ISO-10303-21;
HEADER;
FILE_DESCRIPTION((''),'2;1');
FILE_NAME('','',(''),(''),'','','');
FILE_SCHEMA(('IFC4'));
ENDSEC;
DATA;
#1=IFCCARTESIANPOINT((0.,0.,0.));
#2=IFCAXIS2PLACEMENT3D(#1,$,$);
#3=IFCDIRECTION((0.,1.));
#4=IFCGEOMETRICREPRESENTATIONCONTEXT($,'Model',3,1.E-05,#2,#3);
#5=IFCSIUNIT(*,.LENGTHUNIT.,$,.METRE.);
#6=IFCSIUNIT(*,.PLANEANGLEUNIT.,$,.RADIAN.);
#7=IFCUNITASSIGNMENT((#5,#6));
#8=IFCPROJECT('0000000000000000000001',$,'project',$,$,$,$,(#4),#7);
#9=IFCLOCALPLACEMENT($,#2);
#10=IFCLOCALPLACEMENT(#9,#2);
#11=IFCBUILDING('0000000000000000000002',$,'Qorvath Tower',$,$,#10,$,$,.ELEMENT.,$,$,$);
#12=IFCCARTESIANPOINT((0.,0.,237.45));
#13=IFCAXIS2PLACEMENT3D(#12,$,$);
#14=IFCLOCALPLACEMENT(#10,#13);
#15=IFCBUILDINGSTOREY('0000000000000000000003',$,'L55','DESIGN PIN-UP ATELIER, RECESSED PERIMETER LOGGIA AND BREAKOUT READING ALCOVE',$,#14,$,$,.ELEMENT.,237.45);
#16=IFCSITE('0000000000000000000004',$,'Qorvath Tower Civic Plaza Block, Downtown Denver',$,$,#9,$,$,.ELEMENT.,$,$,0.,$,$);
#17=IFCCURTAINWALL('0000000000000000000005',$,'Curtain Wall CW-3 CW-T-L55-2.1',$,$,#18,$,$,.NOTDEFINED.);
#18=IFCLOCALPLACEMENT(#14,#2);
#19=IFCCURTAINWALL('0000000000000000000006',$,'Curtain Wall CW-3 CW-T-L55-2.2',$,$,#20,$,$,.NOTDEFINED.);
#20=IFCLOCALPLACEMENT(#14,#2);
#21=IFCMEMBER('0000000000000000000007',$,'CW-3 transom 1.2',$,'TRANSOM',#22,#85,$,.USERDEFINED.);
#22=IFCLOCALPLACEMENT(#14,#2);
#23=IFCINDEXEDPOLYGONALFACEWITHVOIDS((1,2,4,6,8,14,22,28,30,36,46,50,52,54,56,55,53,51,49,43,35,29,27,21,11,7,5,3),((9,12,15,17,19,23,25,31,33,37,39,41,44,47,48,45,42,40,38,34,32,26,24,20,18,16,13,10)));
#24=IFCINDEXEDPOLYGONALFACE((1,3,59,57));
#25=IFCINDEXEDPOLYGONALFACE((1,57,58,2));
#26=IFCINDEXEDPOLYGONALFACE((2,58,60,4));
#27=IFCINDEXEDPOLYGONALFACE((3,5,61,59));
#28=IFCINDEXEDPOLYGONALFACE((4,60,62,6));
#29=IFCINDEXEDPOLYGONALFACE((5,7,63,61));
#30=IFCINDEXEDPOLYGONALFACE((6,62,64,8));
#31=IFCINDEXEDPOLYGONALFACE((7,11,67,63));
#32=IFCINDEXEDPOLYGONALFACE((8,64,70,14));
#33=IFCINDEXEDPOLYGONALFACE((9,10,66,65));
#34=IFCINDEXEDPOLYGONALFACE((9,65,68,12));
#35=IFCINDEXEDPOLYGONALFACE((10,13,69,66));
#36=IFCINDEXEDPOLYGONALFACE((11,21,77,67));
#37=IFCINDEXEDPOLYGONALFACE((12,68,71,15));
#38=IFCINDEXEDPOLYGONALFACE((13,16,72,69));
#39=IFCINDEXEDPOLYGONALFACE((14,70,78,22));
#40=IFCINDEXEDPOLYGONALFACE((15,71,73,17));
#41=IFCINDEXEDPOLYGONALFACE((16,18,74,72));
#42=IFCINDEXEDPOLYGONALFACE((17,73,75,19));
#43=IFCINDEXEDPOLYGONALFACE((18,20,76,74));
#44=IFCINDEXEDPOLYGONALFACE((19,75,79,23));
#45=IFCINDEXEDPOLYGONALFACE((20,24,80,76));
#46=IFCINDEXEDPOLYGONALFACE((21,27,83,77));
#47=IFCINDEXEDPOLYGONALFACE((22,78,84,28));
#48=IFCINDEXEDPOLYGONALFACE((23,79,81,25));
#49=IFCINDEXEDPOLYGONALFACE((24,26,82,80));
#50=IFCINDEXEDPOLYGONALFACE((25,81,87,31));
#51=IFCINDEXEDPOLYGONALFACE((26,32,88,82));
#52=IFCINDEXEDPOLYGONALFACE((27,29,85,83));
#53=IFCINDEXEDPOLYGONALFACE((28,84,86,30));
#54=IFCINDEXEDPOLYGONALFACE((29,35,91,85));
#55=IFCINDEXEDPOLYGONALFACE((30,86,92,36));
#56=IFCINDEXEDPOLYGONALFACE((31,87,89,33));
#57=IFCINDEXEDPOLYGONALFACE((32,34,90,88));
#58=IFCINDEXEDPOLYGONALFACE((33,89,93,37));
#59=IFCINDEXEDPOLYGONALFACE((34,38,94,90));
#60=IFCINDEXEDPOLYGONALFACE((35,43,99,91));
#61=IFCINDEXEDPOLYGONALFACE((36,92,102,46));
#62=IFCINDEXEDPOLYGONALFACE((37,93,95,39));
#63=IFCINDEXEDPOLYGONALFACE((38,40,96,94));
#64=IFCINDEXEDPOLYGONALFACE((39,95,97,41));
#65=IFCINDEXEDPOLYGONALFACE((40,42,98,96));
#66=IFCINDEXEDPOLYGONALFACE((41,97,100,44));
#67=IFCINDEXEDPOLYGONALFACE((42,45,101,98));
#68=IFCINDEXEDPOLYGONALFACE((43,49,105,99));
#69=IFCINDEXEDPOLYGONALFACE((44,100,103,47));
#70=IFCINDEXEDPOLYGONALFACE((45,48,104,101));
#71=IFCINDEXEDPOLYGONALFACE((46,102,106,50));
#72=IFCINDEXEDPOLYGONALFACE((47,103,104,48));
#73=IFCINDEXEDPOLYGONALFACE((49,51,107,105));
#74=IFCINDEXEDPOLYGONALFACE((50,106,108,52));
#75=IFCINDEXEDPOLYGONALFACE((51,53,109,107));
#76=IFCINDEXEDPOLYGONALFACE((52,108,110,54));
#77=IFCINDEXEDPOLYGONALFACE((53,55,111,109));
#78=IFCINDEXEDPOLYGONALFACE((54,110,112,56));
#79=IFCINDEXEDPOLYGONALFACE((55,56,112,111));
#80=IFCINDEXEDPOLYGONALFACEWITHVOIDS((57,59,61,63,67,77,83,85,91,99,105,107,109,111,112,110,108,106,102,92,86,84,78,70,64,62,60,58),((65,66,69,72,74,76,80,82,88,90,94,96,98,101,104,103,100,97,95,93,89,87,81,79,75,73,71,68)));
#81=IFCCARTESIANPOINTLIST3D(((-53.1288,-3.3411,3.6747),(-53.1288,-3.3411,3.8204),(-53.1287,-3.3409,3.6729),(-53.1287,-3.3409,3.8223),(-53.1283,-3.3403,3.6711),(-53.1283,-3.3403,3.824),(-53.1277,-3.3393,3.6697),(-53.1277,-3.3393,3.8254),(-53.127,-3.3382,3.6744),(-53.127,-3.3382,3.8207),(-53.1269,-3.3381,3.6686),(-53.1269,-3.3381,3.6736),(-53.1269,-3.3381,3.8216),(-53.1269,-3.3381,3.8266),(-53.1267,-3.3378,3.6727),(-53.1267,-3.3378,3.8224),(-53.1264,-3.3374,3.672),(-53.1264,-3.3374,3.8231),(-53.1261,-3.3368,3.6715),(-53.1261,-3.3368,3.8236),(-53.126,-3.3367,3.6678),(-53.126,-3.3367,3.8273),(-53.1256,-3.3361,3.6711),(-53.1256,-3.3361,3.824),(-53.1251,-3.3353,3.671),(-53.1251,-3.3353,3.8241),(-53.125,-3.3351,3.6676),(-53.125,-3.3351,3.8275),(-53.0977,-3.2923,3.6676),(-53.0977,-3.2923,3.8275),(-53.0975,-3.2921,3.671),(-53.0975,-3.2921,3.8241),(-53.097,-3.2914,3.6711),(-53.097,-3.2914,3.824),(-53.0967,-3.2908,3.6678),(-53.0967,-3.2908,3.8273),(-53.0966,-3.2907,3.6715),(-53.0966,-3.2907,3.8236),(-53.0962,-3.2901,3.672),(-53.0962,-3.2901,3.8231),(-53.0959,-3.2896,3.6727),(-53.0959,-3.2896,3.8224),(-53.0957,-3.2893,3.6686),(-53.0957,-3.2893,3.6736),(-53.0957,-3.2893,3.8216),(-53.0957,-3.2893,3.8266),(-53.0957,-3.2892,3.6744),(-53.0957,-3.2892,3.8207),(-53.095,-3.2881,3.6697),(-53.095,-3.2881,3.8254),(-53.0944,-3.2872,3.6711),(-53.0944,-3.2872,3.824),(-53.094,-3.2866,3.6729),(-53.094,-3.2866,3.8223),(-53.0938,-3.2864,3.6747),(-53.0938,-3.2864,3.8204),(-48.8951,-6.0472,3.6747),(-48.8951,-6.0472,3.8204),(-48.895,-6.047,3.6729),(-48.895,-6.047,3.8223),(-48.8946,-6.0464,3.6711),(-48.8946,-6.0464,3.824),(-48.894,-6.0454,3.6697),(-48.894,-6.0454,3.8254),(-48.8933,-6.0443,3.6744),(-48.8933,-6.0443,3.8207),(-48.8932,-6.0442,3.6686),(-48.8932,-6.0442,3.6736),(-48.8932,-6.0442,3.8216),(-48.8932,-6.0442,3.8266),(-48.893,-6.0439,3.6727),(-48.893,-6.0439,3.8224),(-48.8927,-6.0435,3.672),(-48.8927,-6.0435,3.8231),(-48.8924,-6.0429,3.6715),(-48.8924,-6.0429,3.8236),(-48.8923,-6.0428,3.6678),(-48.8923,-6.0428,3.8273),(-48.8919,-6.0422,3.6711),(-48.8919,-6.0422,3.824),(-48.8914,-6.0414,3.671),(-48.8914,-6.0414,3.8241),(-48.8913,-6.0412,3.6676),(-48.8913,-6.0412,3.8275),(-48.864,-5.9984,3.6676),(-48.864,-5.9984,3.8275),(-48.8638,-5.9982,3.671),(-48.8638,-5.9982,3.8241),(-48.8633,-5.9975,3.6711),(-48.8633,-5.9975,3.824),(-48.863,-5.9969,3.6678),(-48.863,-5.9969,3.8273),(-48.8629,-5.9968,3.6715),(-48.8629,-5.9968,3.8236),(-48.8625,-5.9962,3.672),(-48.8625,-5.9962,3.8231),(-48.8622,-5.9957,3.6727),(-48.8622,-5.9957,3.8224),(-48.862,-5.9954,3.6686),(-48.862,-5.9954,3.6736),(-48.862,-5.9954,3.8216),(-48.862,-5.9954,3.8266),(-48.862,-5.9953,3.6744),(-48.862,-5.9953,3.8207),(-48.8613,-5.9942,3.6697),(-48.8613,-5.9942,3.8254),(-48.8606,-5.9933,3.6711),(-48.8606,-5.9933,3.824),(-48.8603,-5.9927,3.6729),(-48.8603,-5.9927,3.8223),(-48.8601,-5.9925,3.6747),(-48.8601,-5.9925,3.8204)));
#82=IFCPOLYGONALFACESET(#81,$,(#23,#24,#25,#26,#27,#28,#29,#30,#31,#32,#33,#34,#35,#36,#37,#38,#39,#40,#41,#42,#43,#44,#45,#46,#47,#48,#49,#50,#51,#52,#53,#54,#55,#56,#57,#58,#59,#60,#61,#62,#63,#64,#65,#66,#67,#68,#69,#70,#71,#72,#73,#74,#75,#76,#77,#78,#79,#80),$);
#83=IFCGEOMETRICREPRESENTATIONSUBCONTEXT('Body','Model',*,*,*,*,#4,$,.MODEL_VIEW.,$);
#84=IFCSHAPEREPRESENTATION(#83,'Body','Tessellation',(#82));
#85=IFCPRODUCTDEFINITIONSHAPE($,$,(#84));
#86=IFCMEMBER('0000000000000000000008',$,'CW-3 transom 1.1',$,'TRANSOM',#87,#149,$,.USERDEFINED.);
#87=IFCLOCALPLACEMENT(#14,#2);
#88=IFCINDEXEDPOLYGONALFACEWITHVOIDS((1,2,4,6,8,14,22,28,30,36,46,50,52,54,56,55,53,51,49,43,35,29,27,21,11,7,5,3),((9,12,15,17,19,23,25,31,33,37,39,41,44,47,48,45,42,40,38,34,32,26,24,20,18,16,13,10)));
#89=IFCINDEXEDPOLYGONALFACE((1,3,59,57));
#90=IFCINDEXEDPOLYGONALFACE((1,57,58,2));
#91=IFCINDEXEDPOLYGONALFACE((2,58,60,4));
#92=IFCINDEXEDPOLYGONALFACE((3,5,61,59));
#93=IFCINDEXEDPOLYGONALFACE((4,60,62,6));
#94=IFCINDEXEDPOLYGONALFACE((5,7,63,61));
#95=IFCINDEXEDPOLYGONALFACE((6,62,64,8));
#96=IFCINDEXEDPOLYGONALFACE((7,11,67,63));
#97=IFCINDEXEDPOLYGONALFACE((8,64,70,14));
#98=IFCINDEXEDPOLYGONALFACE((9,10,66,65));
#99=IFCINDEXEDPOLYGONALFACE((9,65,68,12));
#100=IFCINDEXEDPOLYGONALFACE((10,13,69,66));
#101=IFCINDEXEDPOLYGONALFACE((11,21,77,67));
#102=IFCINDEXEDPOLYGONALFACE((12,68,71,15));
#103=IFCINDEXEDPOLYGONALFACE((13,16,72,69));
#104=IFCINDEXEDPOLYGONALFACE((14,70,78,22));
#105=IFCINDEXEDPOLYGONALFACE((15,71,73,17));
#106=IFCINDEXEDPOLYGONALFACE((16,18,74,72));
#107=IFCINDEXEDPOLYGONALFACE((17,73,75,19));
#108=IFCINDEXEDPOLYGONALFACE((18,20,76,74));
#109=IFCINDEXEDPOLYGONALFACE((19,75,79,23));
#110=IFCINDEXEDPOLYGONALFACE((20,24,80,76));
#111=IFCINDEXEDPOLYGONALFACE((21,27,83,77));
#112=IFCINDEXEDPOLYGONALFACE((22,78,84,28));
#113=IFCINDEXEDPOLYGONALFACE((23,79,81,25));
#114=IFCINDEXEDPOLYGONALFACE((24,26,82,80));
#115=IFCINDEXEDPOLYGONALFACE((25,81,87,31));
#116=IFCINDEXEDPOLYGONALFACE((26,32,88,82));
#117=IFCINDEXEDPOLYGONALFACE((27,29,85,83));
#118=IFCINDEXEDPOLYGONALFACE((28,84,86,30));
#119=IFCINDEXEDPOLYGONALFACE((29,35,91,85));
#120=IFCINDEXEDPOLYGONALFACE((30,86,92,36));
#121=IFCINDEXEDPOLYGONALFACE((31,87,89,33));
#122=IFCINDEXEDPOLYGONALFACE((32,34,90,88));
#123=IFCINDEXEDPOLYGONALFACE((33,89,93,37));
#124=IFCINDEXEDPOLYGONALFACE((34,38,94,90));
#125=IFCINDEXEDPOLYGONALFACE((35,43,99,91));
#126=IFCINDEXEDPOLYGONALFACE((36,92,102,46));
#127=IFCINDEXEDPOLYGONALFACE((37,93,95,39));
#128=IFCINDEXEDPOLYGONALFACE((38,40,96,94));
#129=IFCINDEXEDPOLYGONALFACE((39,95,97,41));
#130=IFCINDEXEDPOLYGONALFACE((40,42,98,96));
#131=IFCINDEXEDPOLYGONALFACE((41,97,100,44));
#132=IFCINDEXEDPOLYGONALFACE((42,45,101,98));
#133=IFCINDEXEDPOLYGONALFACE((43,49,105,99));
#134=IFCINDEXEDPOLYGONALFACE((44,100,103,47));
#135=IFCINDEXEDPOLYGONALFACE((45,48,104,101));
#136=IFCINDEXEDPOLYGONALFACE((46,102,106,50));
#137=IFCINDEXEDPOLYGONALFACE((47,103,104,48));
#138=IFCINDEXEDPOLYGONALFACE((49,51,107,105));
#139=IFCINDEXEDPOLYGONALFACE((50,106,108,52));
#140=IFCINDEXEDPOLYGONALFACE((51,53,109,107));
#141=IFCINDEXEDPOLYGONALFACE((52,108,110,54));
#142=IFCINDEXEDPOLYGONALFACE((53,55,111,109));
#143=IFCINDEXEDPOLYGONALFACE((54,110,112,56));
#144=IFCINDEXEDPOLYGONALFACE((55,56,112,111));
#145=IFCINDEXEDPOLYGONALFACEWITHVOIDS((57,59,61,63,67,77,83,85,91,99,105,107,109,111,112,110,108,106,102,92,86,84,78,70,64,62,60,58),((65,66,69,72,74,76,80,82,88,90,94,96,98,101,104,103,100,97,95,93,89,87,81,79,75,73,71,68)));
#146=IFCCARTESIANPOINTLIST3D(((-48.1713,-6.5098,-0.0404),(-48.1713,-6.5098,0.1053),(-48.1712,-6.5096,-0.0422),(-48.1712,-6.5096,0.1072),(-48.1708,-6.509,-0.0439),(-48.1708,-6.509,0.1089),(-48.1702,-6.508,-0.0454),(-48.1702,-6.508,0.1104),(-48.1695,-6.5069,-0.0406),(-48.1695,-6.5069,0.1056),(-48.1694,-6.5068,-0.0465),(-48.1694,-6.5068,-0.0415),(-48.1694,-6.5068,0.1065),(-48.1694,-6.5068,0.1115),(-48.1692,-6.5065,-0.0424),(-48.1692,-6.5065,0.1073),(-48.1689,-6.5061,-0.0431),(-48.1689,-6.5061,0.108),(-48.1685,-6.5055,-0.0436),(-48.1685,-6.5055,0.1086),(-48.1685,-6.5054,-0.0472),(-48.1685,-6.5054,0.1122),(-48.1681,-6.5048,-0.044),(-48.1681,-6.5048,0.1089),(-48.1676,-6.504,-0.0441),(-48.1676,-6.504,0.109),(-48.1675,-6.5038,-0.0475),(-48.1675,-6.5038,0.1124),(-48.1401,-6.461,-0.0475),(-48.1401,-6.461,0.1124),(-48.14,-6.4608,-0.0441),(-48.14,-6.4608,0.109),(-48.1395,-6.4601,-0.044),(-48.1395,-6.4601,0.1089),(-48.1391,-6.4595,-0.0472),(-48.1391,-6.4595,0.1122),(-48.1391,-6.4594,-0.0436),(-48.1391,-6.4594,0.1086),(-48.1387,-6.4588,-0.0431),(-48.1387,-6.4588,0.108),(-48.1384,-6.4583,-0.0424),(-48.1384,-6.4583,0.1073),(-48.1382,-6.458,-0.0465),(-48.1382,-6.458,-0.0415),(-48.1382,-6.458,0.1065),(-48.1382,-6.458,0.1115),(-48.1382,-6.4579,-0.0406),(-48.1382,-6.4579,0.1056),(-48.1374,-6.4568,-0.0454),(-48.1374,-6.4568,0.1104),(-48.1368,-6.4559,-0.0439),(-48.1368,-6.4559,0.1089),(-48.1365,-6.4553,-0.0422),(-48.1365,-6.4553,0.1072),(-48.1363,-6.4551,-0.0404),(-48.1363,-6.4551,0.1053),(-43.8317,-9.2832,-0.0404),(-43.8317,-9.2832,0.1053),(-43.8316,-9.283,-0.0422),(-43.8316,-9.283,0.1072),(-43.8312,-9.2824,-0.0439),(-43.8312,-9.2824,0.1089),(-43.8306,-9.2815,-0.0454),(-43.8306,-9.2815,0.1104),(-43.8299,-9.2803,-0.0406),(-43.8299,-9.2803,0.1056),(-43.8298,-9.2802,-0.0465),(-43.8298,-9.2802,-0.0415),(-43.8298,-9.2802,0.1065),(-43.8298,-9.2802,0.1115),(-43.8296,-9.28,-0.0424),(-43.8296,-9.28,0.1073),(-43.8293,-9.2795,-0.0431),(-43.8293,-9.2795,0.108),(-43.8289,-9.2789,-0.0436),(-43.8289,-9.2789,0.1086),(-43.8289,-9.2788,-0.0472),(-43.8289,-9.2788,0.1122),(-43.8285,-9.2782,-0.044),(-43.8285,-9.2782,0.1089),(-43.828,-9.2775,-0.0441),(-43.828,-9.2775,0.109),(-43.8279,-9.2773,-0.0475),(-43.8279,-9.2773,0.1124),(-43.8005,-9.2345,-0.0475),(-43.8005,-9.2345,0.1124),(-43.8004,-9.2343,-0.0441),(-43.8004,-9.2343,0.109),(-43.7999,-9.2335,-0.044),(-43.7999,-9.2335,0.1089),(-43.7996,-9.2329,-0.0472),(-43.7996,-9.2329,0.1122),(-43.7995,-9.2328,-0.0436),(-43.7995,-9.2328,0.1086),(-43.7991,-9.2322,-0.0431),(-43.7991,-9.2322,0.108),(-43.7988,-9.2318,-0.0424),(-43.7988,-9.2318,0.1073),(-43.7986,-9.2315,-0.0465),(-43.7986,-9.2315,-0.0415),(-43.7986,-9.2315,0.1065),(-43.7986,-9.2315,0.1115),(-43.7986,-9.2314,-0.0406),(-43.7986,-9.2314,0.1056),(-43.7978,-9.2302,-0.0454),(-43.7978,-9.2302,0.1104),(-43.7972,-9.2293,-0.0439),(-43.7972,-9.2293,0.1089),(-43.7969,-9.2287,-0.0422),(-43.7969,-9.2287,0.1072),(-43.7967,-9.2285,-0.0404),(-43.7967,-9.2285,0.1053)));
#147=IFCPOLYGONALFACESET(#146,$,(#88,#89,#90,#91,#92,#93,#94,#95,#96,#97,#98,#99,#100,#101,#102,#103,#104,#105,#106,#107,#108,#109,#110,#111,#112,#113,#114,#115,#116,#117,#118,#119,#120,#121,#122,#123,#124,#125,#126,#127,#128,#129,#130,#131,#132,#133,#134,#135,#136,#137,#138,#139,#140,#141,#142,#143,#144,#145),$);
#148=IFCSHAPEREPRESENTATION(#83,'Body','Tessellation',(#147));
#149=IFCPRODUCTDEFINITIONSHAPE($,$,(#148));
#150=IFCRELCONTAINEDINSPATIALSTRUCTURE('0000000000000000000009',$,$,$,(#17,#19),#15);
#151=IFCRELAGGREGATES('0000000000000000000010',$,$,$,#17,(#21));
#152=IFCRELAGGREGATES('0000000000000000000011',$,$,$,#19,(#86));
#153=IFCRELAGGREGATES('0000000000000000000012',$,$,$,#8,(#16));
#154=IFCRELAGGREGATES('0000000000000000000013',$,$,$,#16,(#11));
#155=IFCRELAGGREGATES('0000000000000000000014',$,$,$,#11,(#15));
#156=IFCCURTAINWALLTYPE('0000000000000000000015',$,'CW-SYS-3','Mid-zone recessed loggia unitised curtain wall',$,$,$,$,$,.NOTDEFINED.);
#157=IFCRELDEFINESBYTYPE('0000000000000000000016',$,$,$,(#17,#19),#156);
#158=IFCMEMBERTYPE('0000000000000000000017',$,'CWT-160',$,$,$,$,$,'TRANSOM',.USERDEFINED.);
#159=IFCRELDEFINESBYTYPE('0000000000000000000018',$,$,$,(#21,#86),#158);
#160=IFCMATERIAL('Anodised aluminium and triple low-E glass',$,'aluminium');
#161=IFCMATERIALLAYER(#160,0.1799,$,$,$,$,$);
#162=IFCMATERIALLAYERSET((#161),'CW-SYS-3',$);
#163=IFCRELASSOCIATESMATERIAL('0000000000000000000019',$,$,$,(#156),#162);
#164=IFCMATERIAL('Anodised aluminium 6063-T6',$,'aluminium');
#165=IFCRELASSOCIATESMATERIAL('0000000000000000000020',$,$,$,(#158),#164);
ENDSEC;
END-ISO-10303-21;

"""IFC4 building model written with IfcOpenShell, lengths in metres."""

from ifc_helpers import new_model, si_unit, direction, frame, origin, origin_2d, place, context, subcontext, project, spatial, hollow_rectangle, extrude, material, layer, layer_set, material_profile, profile_set, type_object, element, aggregate, save


model = new_model("IFC4")

# Units and contexts
model_context = context("Model", 3, precision=1e-05, world=origin(), true_north=direction((0.0, 1.0)))
body_context = subcontext(model_context, "Body", "Model", "MODEL_VIEW")
ifc_project = project(units=[si_unit("LENGTHUNIT", "METRE"), si_unit("PLANEANGLEUNIT", "RADIAN")], contexts=[model_context])

# Site, building, storey
site_placement = place(None, origin())
site = spatial("IfcSite", under=ifc_project, at=site_placement, Name="Qorvath Tower Civic Plaza Block, Downtown Denver", CompositionType="ELEMENT", RefElevation=0.0)
building_placement = place(site_placement, origin())
building = spatial("IfcBuilding", under=site, at=building_placement, Name="Qorvath Tower", CompositionType="ELEMENT")
storey_placement = place(building_placement, frame((0.0, 0.0, 237.45)))
storey = spatial("IfcBuildingStorey", under=building, at=storey_placement, Name="L55", Description="DESIGN PIN-UP ATELIER, RECESSED PERIMETER LOGGIA AND BREAKOUT READING ALCOVE", CompositionType="ELEMENT", Elevation=237.45)

# Curtain walls
ifc_material_1 = material(Name="Anodised aluminium and triple low-E glass", Category="aluminium")
ifc_layer_1 = layer(ifc_material_1, 0.1799)
ifc_layer_set_1 = layer_set([ifc_layer_1], Name="CW-SYS-3")
curtain_wall_type = type_object("IfcCurtainWallType", Name="CW-SYS-3", Description="Mid-zone recessed loggia unitised curtain wall", PredefinedType="NOTDEFINED", material=ifc_layer_set_1)
curtain_wall_1_placement = place(storey_placement, origin())
curtain_wall_1 = element("IfcCurtainWall", 1, at=curtain_wall_1_placement, inside=storey, type_object=curtain_wall_type, Name="Curtain Wall CW-3 CW-T-L55-2.1", PredefinedType="NOTDEFINED")
curtain_wall_2_placement = place(storey_placement, origin())
curtain_wall_2 = element("IfcCurtainWall", 2, at=curtain_wall_2_placement, inside=storey, type_object=curtain_wall_type, Name="Curtain Wall CW-3 CW-T-L55-2.2", PredefinedType="NOTDEFINED")

# Members
ifc_material_2 = material(Name="Anodised aluminium 6063-T6", Category="aluminium")
ifc_material_profile_1 = material_profile(ifc_material_2, hollow_rectangle(XDim=0.0649, YDim=0.1599, WallThickness=0.0034, InnerFilletRadius=0.0034, OuterFilletRadius=0.0071, at=origin_2d()), Name="CWT 160x65")
ifc_profile_set_1 = profile_set([ifc_material_profile_1], Name="Anodised aluminium 6063-T6")
member_type_1 = type_object("IfcMemberType", Name="CWT-160", ElementType="TRANSOM", PredefinedType="USERDEFINED", material=ifc_profile_set_1)
member_1_placement = place(storey_placement, frame((-53.1113, -3.3137, 3.7476), z_axis=(0.842585, -0.538563, 0.0), x_axis=(0.538563, 0.842585, 0.0)))
member_1 = element("IfcMember", 3, at=member_1_placement, type_object=member_type_1, Name="CW-3 transom 1.2", ObjectType="TRANSOM", PredefinedType="USERDEFINED", context=body_context, shape_type="SweptSolid", body=[
    extrude(hollow_rectangle(XDim=0.0649, YDim=0.1599, WallThickness=0.0034, InnerFilletRadius=0.0034, OuterFilletRadius=0.0071, at=origin_2d()), origin(), (0.0, 0.0, 1.0), 5.0247),
])
member_2_placement = place(storey_placement, frame((-48.1538, -6.4824, 0.0325), z_axis=(0.842616, -0.538516, 0.0), x_axis=(0.538516, 0.842616, 0.0)))
member_2 = element("IfcMember", 4, at=member_2_placement, type_object=member_type_1, Name="CW-3 transom 1.1", ObjectType="TRANSOM", PredefinedType="USERDEFINED", context=body_context, shape_type="SweptSolid", body=[
    extrude(hollow_rectangle(XDim=0.0649, YDim=0.1599, WallThickness=0.0034, InnerFilletRadius=0.0034, OuterFilletRadius=0.0071, at=origin_2d()), origin(), (0.0, 0.0, 1.0), 5.1501),
])

aggregate(curtain_wall_1, [member_1])
aggregate(curtain_wall_2, [member_2])

save(model, "model.ifc")
